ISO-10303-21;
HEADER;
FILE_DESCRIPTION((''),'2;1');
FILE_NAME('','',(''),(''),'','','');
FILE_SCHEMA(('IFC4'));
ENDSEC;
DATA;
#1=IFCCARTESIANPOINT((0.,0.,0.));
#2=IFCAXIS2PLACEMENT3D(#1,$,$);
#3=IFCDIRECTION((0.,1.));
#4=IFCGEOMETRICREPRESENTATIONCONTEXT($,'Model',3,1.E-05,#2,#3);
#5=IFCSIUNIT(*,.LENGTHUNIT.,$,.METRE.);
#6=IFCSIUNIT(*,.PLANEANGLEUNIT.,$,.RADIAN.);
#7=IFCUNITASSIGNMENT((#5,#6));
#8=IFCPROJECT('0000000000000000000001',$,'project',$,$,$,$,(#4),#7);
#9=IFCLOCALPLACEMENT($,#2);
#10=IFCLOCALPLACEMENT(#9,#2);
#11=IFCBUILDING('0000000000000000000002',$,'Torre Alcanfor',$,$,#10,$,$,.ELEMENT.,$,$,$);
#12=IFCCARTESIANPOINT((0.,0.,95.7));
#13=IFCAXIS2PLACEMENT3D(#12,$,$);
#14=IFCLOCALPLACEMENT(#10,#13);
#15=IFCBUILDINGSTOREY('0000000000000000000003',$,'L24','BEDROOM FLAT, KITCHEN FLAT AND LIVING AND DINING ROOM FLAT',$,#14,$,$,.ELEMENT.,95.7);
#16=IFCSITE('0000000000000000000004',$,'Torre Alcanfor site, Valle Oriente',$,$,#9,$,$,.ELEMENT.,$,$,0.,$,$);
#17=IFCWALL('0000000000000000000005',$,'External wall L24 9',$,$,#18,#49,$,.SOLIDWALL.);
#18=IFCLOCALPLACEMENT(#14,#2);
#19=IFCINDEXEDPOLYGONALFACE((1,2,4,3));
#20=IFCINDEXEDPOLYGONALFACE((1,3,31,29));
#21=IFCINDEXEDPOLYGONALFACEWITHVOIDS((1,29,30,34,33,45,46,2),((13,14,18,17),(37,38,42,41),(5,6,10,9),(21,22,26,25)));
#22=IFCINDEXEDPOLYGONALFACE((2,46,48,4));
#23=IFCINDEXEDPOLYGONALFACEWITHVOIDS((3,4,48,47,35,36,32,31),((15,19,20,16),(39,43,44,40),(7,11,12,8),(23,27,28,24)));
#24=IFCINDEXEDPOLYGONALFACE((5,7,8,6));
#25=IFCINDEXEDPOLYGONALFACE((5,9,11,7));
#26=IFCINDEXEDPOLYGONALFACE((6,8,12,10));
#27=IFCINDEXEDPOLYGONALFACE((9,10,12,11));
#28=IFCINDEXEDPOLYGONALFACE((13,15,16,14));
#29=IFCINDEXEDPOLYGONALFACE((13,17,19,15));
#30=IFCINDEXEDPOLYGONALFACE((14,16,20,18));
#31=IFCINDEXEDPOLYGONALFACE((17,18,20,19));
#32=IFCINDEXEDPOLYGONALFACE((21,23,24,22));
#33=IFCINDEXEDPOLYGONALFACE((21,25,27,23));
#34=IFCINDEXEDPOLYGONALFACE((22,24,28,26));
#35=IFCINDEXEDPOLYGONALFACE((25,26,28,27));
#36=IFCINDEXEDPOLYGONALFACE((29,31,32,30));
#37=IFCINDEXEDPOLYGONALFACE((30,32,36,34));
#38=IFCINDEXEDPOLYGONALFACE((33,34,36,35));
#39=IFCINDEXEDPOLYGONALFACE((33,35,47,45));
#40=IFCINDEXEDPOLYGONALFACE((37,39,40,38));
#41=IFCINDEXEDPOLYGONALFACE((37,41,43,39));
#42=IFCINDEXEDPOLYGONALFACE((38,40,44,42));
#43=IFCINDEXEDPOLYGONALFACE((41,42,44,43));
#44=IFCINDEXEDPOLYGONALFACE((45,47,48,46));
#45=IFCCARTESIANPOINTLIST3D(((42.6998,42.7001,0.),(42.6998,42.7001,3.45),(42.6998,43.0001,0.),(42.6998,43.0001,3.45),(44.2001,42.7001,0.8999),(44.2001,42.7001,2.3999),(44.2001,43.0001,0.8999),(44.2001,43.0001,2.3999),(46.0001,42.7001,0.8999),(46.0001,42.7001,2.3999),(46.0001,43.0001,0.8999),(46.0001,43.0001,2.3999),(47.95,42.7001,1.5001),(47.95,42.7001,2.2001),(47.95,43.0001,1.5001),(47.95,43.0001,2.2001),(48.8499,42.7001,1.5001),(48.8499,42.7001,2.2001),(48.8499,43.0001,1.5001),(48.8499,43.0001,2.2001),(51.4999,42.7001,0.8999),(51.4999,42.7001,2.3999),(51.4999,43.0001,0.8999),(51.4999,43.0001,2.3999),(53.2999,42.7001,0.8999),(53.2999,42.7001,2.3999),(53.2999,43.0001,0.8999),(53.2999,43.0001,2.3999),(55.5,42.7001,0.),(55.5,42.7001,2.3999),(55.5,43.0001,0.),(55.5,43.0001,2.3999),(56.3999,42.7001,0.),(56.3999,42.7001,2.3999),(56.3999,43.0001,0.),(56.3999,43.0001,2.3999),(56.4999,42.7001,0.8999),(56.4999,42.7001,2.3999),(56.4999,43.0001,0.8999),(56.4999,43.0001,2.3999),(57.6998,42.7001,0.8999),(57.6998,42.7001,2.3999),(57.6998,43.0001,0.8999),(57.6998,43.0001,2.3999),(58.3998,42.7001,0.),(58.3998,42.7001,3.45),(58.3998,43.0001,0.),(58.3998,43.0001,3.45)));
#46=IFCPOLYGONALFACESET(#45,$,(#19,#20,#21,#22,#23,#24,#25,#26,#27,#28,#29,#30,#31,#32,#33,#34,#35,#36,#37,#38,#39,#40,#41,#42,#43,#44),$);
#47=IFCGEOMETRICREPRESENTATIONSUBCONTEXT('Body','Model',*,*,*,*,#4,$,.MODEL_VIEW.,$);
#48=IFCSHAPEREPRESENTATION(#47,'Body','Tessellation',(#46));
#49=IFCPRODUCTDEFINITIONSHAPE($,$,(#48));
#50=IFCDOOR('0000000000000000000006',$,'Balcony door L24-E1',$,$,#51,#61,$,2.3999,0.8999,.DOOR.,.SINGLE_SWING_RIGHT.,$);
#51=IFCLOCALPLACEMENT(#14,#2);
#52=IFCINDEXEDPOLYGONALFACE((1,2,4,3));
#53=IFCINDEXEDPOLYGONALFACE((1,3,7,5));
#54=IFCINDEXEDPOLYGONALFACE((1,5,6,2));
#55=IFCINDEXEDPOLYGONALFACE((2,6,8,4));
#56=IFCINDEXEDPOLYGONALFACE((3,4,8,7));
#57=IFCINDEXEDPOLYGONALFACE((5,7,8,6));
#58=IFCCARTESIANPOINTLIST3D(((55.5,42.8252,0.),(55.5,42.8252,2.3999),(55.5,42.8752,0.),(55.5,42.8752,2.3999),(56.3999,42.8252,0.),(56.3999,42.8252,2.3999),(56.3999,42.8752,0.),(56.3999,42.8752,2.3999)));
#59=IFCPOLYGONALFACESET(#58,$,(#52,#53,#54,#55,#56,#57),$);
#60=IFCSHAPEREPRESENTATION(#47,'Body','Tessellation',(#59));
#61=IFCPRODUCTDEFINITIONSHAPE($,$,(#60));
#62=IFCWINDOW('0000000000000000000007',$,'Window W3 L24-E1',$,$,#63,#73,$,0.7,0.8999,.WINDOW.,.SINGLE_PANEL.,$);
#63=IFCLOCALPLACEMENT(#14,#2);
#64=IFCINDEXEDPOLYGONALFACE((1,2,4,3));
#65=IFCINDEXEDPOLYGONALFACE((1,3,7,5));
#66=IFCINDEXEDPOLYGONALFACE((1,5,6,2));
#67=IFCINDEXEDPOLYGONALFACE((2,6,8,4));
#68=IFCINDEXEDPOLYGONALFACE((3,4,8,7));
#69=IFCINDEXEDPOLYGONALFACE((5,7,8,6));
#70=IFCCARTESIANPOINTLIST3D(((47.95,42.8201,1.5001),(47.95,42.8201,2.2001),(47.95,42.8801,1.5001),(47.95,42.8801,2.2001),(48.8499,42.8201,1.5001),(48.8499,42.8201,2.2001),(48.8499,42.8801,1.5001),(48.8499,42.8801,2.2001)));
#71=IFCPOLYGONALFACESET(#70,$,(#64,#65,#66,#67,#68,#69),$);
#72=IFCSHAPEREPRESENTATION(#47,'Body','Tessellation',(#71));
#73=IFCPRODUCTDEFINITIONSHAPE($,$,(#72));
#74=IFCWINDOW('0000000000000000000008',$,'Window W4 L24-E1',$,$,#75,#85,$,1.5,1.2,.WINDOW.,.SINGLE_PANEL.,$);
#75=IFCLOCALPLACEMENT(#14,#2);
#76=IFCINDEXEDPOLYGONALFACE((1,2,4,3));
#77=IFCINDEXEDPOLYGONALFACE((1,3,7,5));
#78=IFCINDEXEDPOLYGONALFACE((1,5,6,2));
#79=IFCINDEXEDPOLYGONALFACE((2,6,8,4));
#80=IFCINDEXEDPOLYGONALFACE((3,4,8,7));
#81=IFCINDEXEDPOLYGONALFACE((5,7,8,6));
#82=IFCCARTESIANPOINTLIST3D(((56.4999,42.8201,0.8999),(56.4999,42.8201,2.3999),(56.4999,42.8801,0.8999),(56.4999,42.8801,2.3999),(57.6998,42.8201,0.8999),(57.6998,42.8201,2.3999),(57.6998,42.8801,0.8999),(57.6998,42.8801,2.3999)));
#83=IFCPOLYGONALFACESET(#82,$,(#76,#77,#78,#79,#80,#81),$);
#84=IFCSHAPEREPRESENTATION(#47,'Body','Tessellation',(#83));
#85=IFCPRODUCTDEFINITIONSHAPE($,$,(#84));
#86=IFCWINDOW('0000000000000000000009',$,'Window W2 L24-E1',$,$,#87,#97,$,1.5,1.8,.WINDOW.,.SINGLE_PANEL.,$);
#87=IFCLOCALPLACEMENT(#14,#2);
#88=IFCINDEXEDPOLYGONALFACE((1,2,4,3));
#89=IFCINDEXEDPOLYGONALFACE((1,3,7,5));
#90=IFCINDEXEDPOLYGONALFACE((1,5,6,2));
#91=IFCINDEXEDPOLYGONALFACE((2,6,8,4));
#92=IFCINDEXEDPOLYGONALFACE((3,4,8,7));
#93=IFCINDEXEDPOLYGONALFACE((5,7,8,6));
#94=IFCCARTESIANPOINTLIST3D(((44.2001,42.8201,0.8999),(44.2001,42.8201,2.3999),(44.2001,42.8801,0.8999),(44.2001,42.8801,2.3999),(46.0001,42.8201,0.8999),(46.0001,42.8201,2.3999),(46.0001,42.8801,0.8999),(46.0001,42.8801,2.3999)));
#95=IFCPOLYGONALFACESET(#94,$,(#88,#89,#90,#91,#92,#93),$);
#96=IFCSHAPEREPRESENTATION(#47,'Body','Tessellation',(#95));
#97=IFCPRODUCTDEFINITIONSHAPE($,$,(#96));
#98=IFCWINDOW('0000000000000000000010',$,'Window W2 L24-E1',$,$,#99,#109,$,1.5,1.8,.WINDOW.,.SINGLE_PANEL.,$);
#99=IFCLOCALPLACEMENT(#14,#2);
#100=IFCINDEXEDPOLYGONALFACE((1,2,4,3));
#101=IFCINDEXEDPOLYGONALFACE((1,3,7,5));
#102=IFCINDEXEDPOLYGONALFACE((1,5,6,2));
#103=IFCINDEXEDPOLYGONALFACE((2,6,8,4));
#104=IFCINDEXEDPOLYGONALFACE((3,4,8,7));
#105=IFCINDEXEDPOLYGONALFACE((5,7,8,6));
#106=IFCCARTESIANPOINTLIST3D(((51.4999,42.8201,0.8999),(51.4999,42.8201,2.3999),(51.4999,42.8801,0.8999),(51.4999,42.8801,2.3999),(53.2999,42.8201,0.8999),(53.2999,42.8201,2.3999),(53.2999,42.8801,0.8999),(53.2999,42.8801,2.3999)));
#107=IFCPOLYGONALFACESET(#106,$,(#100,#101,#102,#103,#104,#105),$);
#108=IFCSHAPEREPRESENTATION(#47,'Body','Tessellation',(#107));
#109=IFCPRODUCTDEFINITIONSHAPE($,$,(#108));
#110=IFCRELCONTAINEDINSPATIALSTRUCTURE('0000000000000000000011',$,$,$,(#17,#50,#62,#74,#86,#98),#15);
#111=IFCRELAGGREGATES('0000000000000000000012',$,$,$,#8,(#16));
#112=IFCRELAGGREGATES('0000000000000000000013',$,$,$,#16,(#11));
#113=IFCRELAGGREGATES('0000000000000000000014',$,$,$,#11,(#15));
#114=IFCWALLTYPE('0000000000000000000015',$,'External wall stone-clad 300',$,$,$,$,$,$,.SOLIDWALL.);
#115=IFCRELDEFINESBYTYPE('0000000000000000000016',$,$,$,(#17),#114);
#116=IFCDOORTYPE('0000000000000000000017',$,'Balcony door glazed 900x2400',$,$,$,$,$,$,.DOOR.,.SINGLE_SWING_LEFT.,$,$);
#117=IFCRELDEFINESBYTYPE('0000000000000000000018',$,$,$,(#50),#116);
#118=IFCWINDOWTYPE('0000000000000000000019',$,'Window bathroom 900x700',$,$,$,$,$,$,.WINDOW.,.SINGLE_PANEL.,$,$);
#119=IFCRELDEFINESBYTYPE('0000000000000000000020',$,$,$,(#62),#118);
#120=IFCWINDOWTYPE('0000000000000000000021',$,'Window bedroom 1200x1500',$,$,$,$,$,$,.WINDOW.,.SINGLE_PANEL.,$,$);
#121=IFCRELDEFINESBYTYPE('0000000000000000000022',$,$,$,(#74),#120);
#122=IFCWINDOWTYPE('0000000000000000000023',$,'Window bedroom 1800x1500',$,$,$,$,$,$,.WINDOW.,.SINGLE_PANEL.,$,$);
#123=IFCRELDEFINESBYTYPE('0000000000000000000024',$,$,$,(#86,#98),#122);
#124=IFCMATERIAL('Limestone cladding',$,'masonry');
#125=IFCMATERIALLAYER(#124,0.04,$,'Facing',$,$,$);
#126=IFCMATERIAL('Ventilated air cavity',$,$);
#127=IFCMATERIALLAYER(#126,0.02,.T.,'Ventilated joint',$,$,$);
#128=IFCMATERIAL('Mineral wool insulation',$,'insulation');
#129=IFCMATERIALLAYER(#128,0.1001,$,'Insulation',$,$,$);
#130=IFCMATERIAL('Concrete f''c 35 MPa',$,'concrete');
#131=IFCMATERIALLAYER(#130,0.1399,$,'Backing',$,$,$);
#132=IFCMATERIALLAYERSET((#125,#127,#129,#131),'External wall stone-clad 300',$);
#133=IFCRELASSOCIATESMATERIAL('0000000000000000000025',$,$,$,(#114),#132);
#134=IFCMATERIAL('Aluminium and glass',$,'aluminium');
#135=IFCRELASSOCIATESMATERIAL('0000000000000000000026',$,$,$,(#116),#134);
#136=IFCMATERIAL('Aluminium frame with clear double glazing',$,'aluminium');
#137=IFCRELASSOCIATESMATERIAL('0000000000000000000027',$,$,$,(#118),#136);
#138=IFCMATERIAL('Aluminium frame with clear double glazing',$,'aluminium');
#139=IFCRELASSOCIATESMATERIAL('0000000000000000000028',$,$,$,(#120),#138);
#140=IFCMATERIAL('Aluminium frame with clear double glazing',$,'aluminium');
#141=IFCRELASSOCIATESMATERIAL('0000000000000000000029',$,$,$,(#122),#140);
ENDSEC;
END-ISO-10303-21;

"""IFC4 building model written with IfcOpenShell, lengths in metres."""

from ifc_helpers import new_model, si_unit, direction, frame, frame_2d, origin, place, context, subcontext, project, spatial, rectangle, extrude, material, layer, layer_set, type_object, element, fill, save


model = new_model("IFC4")

# Units and contexts
model_context = context("Model", 3, precision=1e-05, world=origin(), true_north=direction((0.0, 1.0)))
body_context = subcontext(model_context, "Body", "Model", "MODEL_VIEW")
ifc_project = project(units=[si_unit("LENGTHUNIT", "METRE"), si_unit("PLANEANGLEUNIT", "RADIAN")], contexts=[model_context])

# Site, building, storey
site_placement = place(None, origin())
site = spatial("IfcSite", under=ifc_project, at=site_placement, Name="Torre Alcanfor site, Valle Oriente", CompositionType="ELEMENT", RefElevation=0.0)
building_placement = place(site_placement, origin())
building = spatial("IfcBuilding", under=site, at=building_placement, Name="Torre Alcanfor", CompositionType="ELEMENT")
storey_placement = place(building_placement, frame((0.0, 0.0, 95.7)))
storey = spatial("IfcBuildingStorey", under=building, at=storey_placement, Name="L24", Description="BEDROOM FLAT, KITCHEN FLAT AND LIVING AND DINING ROOM FLAT", CompositionType="ELEMENT", Elevation=95.7)

# Wall, openings, door, windows
ifc_material_1 = material(Name="Limestone cladding", Category="masonry")
ifc_layer_1 = layer(ifc_material_1, 0.04, Name="Facing")
ifc_material_2 = material(Name="Ventilated air cavity")
ifc_layer_2 = layer(ifc_material_2, 0.02, ventilated=True, Name="Ventilated joint")
ifc_material_3 = material(Name="Mineral wool insulation", Category="insulation")
ifc_layer_3 = layer(ifc_material_3, 0.1001, Name="Insulation")
ifc_material_4 = material(Name="Concrete f'c 35 MPa", Category="concrete")
ifc_layer_4 = layer(ifc_material_4, 0.1399, Name="Backing")
ifc_layer_set_1 = layer_set([ifc_layer_1, ifc_layer_2, ifc_layer_3, ifc_layer_4], Name="External wall stone-clad 300")
wall_type_1 = type_object("IfcWallType", Name="External wall stone-clad 300", PredefinedType="SOLIDWALL", material=ifc_layer_set_1)
wall_1_placement = place(storey_placement, frame((58.3999, 42.8501, 0.0), z_axis=(0.0, 0.0, 1.0), x_axis=(-1.0, 0.0, 0.0)))
wall_1 = element("IfcWall", 1, at=wall_1_placement, inside=storey, type_object=wall_type_1, Name="External wall L24 9", PredefinedType="SOLIDWALL", context=body_context, shape_type="SweptSolid", body=[
    extrude(rectangle(XDim=15.7, YDim=0.3, at=frame_2d((7.8501, 0.0))), origin(), (0.0, 0.0, 1.0), 3.45),
])
opening_1_placement = place(wall_1_placement, frame((12.3999, 0.0, 0.8999)))
opening_1 = element("IfcOpeningElement", 2, at=opening_1_placement, cuts=wall_1, PredefinedType="OPENING", context=body_context, shape_type="SweptSolid", body=[
    extrude(rectangle(XDim=1.8, YDim=1.5, at=frame_2d((0.8999, 0.75))), frame((0.0, 0.1599, 0.0), z_axis=(0.0, -1.0, 0.0), x_axis=(1.0, 0.0, 0.0)), (0.0, 0.0, 1.0), 0.3201),
])
opening_2_placement = place(wall_1_placement, frame((9.55, 0.0, 1.5)))
opening_2 = element("IfcOpeningElement", 3, at=opening_2_placement, cuts=wall_1, PredefinedType="OPENING", context=body_context, shape_type="SweptSolid", body=[
    extrude(rectangle(XDim=0.8999, YDim=0.7, at=frame_2d((0.45, 0.3501))), frame((0.0, 0.1599, 0.0), z_axis=(0.0, -1.0, 0.0), x_axis=(1.0, 0.0, 0.0)), (0.0, 0.0, 1.0), 0.3201),
])
opening_3_placement = place(wall_1_placement, frame((5.1001, 0.0, 0.8999)))
opening_3 = element("IfcOpeningElement", 4, at=opening_3_placement, cuts=wall_1, PredefinedType="OPENING", context=body_context, shape_type="SweptSolid", body=[
    extrude(rectangle(XDim=1.8, YDim=1.5, at=frame_2d((0.8999, 0.75))), frame((0.0, 0.1599, 0.0), z_axis=(0.0, -1.0, 0.0), x_axis=(1.0, 0.0, 0.0)), (0.0, 0.0, 1.0), 0.3201),
])
opening_4_placement = place(wall_1_placement, frame((2.0, 0.0, 0.0)))
opening_4 = element("IfcOpeningElement", 5, at=opening_4_placement, cuts=wall_1, PredefinedType="OPENING", context=body_context, shape_type="SweptSolid", body=[
    extrude(rectangle(XDim=0.8999, YDim=2.3999, at=frame_2d((0.45, 1.2))), frame((0.0, 0.1599, 0.0), z_axis=(0.0, -1.0, 0.0), x_axis=(1.0, 0.0, 0.0)), (0.0, 0.0, 1.0), 0.3201),
])
opening_5_placement = place(wall_1_placement, frame((0.7, 0.0, 0.8999)))
opening_5 = element("IfcOpeningElement", 6, at=opening_5_placement, cuts=wall_1, PredefinedType="OPENING", context=body_context, shape_type="SweptSolid", body=[
    extrude(rectangle(XDim=1.2, YDim=1.5, at=frame_2d((0.6001, 0.75))), frame((0.0, 0.1599, 0.0), z_axis=(0.0, -1.0, 0.0), x_axis=(1.0, 0.0, 0.0)), (0.0, 0.0, 1.0), 0.3201),
])
ifc_material_5 = material(Name="Aluminium and glass", Category="aluminium")
door_type = type_object("IfcDoorType", Name="Balcony door glazed 900x2400", OperationType="SINGLE_SWING_LEFT", PredefinedType="DOOR", material=ifc_material_5)
door_1_placement = place(opening_4_placement, origin())
door_1 = element("IfcDoor", 7, at=door_1_placement, inside=storey, type_object=door_type, Name="Balcony door L24-E1", OperationType="SINGLE_SWING_RIGHT", OverallHeight=2.3999, OverallWidth=0.8999, PredefinedType="DOOR", context=body_context, shape_type="SweptSolid", body=[
    extrude(rectangle(XDim=0.8999, YDim=2.3999, at=frame_2d((0.45, 1.2))), frame((0.0, 0.0249, 0.0), z_axis=(0.0, -1.0, 0.0), x_axis=(1.0, 0.0, 0.0)), (0.0, 0.0, 1.0), 0.05),
])
fill(opening_4, door_1)
ifc_material_6 = material(Name="Aluminium frame with clear double glazing", Category="aluminium")
window_type_1 = type_object("IfcWindowType", Name="Window bathroom 900x700", PartitioningType="SINGLE_PANEL", PredefinedType="WINDOW", material=ifc_material_6)
window_1_placement = place(opening_2_placement, origin())
window_1 = element("IfcWindow", 8, at=window_1_placement, inside=storey, type_object=window_type_1, Name="Window W3 L24-E1", OverallHeight=0.7, OverallWidth=0.8999, PartitioningType="SINGLE_PANEL", PredefinedType="WINDOW", context=body_context, shape_type="SweptSolid", body=[
    extrude(rectangle(XDim=0.8999, YDim=0.7, at=frame_2d((0.45, 0.3501))), frame((0.0, 0.03, 0.0), z_axis=(0.0, -1.0, 0.0), x_axis=(1.0, 0.0, 0.0)), (0.0, 0.0, 1.0), 0.0601),
])
fill(opening_2, window_1)
ifc_material_7 = material(Name="Aluminium frame with clear double glazing", Category="aluminium")
window_type_2 = type_object("IfcWindowType", Name="Window bedroom 1200x1500", PartitioningType="SINGLE_PANEL", PredefinedType="WINDOW", material=ifc_material_7)
window_2_placement = place(opening_5_placement, origin())
window_2 = element("IfcWindow", 9, at=window_2_placement, inside=storey, type_object=window_type_2, Name="Window W4 L24-E1", OverallHeight=1.5, OverallWidth=1.2, PartitioningType="SINGLE_PANEL", PredefinedType="WINDOW", context=body_context, shape_type="SweptSolid", body=[
    extrude(rectangle(XDim=1.2, YDim=1.5, at=frame_2d((0.6001, 0.75))), frame((0.0, 0.03, 0.0), z_axis=(0.0, -1.0, 0.0), x_axis=(1.0, 0.0, 0.0)), (0.0, 0.0, 1.0), 0.0601),
])
fill(opening_5, window_2)
ifc_material_8 = material(Name="Aluminium frame with clear double glazing", Category="aluminium")
window_type_3 = type_object("IfcWindowType", Name="Window bedroom 1800x1500", PartitioningType="SINGLE_PANEL", PredefinedType="WINDOW", material=ifc_material_8)
window_3_placement = place(opening_1_placement, origin())
window_3 = element("IfcWindow", 10, at=window_3_placement, inside=storey, type_object=window_type_3, Name="Window W2 L24-E1", OverallHeight=1.5, OverallWidth=1.8, PartitioningType="SINGLE_PANEL", PredefinedType="WINDOW", context=body_context, shape_type="SweptSolid", body=[
    extrude(rectangle(XDim=1.8, YDim=1.5, at=frame_2d((0.8999, 0.75))), frame((0.0, 0.03, 0.0), z_axis=(0.0, -1.0, 0.0), x_axis=(1.0, 0.0, 0.0)), (0.0, 0.0, 1.0), 0.0601),
])
fill(opening_1, window_3)
window_4_placement = place(opening_3_placement, origin())
window_4 = element("IfcWindow", 11, at=window_4_placement, inside=storey, type_object=window_type_3, Name="Window W2 L24-E1", OverallHeight=1.5, OverallWidth=1.8, PartitioningType="SINGLE_PANEL", PredefinedType="WINDOW", context=body_context, shape_type="SweptSolid", body=[
    extrude(rectangle(XDim=1.8, YDim=1.5, at=frame_2d((0.8999, 0.75))), frame((0.0, 0.03, 0.0), z_axis=(0.0, -1.0, 0.0), x_axis=(1.0, 0.0, 0.0)), (0.0, 0.0, 1.0), 0.0601),
])
fill(opening_3, window_4)

save(model, "model.ifc")
